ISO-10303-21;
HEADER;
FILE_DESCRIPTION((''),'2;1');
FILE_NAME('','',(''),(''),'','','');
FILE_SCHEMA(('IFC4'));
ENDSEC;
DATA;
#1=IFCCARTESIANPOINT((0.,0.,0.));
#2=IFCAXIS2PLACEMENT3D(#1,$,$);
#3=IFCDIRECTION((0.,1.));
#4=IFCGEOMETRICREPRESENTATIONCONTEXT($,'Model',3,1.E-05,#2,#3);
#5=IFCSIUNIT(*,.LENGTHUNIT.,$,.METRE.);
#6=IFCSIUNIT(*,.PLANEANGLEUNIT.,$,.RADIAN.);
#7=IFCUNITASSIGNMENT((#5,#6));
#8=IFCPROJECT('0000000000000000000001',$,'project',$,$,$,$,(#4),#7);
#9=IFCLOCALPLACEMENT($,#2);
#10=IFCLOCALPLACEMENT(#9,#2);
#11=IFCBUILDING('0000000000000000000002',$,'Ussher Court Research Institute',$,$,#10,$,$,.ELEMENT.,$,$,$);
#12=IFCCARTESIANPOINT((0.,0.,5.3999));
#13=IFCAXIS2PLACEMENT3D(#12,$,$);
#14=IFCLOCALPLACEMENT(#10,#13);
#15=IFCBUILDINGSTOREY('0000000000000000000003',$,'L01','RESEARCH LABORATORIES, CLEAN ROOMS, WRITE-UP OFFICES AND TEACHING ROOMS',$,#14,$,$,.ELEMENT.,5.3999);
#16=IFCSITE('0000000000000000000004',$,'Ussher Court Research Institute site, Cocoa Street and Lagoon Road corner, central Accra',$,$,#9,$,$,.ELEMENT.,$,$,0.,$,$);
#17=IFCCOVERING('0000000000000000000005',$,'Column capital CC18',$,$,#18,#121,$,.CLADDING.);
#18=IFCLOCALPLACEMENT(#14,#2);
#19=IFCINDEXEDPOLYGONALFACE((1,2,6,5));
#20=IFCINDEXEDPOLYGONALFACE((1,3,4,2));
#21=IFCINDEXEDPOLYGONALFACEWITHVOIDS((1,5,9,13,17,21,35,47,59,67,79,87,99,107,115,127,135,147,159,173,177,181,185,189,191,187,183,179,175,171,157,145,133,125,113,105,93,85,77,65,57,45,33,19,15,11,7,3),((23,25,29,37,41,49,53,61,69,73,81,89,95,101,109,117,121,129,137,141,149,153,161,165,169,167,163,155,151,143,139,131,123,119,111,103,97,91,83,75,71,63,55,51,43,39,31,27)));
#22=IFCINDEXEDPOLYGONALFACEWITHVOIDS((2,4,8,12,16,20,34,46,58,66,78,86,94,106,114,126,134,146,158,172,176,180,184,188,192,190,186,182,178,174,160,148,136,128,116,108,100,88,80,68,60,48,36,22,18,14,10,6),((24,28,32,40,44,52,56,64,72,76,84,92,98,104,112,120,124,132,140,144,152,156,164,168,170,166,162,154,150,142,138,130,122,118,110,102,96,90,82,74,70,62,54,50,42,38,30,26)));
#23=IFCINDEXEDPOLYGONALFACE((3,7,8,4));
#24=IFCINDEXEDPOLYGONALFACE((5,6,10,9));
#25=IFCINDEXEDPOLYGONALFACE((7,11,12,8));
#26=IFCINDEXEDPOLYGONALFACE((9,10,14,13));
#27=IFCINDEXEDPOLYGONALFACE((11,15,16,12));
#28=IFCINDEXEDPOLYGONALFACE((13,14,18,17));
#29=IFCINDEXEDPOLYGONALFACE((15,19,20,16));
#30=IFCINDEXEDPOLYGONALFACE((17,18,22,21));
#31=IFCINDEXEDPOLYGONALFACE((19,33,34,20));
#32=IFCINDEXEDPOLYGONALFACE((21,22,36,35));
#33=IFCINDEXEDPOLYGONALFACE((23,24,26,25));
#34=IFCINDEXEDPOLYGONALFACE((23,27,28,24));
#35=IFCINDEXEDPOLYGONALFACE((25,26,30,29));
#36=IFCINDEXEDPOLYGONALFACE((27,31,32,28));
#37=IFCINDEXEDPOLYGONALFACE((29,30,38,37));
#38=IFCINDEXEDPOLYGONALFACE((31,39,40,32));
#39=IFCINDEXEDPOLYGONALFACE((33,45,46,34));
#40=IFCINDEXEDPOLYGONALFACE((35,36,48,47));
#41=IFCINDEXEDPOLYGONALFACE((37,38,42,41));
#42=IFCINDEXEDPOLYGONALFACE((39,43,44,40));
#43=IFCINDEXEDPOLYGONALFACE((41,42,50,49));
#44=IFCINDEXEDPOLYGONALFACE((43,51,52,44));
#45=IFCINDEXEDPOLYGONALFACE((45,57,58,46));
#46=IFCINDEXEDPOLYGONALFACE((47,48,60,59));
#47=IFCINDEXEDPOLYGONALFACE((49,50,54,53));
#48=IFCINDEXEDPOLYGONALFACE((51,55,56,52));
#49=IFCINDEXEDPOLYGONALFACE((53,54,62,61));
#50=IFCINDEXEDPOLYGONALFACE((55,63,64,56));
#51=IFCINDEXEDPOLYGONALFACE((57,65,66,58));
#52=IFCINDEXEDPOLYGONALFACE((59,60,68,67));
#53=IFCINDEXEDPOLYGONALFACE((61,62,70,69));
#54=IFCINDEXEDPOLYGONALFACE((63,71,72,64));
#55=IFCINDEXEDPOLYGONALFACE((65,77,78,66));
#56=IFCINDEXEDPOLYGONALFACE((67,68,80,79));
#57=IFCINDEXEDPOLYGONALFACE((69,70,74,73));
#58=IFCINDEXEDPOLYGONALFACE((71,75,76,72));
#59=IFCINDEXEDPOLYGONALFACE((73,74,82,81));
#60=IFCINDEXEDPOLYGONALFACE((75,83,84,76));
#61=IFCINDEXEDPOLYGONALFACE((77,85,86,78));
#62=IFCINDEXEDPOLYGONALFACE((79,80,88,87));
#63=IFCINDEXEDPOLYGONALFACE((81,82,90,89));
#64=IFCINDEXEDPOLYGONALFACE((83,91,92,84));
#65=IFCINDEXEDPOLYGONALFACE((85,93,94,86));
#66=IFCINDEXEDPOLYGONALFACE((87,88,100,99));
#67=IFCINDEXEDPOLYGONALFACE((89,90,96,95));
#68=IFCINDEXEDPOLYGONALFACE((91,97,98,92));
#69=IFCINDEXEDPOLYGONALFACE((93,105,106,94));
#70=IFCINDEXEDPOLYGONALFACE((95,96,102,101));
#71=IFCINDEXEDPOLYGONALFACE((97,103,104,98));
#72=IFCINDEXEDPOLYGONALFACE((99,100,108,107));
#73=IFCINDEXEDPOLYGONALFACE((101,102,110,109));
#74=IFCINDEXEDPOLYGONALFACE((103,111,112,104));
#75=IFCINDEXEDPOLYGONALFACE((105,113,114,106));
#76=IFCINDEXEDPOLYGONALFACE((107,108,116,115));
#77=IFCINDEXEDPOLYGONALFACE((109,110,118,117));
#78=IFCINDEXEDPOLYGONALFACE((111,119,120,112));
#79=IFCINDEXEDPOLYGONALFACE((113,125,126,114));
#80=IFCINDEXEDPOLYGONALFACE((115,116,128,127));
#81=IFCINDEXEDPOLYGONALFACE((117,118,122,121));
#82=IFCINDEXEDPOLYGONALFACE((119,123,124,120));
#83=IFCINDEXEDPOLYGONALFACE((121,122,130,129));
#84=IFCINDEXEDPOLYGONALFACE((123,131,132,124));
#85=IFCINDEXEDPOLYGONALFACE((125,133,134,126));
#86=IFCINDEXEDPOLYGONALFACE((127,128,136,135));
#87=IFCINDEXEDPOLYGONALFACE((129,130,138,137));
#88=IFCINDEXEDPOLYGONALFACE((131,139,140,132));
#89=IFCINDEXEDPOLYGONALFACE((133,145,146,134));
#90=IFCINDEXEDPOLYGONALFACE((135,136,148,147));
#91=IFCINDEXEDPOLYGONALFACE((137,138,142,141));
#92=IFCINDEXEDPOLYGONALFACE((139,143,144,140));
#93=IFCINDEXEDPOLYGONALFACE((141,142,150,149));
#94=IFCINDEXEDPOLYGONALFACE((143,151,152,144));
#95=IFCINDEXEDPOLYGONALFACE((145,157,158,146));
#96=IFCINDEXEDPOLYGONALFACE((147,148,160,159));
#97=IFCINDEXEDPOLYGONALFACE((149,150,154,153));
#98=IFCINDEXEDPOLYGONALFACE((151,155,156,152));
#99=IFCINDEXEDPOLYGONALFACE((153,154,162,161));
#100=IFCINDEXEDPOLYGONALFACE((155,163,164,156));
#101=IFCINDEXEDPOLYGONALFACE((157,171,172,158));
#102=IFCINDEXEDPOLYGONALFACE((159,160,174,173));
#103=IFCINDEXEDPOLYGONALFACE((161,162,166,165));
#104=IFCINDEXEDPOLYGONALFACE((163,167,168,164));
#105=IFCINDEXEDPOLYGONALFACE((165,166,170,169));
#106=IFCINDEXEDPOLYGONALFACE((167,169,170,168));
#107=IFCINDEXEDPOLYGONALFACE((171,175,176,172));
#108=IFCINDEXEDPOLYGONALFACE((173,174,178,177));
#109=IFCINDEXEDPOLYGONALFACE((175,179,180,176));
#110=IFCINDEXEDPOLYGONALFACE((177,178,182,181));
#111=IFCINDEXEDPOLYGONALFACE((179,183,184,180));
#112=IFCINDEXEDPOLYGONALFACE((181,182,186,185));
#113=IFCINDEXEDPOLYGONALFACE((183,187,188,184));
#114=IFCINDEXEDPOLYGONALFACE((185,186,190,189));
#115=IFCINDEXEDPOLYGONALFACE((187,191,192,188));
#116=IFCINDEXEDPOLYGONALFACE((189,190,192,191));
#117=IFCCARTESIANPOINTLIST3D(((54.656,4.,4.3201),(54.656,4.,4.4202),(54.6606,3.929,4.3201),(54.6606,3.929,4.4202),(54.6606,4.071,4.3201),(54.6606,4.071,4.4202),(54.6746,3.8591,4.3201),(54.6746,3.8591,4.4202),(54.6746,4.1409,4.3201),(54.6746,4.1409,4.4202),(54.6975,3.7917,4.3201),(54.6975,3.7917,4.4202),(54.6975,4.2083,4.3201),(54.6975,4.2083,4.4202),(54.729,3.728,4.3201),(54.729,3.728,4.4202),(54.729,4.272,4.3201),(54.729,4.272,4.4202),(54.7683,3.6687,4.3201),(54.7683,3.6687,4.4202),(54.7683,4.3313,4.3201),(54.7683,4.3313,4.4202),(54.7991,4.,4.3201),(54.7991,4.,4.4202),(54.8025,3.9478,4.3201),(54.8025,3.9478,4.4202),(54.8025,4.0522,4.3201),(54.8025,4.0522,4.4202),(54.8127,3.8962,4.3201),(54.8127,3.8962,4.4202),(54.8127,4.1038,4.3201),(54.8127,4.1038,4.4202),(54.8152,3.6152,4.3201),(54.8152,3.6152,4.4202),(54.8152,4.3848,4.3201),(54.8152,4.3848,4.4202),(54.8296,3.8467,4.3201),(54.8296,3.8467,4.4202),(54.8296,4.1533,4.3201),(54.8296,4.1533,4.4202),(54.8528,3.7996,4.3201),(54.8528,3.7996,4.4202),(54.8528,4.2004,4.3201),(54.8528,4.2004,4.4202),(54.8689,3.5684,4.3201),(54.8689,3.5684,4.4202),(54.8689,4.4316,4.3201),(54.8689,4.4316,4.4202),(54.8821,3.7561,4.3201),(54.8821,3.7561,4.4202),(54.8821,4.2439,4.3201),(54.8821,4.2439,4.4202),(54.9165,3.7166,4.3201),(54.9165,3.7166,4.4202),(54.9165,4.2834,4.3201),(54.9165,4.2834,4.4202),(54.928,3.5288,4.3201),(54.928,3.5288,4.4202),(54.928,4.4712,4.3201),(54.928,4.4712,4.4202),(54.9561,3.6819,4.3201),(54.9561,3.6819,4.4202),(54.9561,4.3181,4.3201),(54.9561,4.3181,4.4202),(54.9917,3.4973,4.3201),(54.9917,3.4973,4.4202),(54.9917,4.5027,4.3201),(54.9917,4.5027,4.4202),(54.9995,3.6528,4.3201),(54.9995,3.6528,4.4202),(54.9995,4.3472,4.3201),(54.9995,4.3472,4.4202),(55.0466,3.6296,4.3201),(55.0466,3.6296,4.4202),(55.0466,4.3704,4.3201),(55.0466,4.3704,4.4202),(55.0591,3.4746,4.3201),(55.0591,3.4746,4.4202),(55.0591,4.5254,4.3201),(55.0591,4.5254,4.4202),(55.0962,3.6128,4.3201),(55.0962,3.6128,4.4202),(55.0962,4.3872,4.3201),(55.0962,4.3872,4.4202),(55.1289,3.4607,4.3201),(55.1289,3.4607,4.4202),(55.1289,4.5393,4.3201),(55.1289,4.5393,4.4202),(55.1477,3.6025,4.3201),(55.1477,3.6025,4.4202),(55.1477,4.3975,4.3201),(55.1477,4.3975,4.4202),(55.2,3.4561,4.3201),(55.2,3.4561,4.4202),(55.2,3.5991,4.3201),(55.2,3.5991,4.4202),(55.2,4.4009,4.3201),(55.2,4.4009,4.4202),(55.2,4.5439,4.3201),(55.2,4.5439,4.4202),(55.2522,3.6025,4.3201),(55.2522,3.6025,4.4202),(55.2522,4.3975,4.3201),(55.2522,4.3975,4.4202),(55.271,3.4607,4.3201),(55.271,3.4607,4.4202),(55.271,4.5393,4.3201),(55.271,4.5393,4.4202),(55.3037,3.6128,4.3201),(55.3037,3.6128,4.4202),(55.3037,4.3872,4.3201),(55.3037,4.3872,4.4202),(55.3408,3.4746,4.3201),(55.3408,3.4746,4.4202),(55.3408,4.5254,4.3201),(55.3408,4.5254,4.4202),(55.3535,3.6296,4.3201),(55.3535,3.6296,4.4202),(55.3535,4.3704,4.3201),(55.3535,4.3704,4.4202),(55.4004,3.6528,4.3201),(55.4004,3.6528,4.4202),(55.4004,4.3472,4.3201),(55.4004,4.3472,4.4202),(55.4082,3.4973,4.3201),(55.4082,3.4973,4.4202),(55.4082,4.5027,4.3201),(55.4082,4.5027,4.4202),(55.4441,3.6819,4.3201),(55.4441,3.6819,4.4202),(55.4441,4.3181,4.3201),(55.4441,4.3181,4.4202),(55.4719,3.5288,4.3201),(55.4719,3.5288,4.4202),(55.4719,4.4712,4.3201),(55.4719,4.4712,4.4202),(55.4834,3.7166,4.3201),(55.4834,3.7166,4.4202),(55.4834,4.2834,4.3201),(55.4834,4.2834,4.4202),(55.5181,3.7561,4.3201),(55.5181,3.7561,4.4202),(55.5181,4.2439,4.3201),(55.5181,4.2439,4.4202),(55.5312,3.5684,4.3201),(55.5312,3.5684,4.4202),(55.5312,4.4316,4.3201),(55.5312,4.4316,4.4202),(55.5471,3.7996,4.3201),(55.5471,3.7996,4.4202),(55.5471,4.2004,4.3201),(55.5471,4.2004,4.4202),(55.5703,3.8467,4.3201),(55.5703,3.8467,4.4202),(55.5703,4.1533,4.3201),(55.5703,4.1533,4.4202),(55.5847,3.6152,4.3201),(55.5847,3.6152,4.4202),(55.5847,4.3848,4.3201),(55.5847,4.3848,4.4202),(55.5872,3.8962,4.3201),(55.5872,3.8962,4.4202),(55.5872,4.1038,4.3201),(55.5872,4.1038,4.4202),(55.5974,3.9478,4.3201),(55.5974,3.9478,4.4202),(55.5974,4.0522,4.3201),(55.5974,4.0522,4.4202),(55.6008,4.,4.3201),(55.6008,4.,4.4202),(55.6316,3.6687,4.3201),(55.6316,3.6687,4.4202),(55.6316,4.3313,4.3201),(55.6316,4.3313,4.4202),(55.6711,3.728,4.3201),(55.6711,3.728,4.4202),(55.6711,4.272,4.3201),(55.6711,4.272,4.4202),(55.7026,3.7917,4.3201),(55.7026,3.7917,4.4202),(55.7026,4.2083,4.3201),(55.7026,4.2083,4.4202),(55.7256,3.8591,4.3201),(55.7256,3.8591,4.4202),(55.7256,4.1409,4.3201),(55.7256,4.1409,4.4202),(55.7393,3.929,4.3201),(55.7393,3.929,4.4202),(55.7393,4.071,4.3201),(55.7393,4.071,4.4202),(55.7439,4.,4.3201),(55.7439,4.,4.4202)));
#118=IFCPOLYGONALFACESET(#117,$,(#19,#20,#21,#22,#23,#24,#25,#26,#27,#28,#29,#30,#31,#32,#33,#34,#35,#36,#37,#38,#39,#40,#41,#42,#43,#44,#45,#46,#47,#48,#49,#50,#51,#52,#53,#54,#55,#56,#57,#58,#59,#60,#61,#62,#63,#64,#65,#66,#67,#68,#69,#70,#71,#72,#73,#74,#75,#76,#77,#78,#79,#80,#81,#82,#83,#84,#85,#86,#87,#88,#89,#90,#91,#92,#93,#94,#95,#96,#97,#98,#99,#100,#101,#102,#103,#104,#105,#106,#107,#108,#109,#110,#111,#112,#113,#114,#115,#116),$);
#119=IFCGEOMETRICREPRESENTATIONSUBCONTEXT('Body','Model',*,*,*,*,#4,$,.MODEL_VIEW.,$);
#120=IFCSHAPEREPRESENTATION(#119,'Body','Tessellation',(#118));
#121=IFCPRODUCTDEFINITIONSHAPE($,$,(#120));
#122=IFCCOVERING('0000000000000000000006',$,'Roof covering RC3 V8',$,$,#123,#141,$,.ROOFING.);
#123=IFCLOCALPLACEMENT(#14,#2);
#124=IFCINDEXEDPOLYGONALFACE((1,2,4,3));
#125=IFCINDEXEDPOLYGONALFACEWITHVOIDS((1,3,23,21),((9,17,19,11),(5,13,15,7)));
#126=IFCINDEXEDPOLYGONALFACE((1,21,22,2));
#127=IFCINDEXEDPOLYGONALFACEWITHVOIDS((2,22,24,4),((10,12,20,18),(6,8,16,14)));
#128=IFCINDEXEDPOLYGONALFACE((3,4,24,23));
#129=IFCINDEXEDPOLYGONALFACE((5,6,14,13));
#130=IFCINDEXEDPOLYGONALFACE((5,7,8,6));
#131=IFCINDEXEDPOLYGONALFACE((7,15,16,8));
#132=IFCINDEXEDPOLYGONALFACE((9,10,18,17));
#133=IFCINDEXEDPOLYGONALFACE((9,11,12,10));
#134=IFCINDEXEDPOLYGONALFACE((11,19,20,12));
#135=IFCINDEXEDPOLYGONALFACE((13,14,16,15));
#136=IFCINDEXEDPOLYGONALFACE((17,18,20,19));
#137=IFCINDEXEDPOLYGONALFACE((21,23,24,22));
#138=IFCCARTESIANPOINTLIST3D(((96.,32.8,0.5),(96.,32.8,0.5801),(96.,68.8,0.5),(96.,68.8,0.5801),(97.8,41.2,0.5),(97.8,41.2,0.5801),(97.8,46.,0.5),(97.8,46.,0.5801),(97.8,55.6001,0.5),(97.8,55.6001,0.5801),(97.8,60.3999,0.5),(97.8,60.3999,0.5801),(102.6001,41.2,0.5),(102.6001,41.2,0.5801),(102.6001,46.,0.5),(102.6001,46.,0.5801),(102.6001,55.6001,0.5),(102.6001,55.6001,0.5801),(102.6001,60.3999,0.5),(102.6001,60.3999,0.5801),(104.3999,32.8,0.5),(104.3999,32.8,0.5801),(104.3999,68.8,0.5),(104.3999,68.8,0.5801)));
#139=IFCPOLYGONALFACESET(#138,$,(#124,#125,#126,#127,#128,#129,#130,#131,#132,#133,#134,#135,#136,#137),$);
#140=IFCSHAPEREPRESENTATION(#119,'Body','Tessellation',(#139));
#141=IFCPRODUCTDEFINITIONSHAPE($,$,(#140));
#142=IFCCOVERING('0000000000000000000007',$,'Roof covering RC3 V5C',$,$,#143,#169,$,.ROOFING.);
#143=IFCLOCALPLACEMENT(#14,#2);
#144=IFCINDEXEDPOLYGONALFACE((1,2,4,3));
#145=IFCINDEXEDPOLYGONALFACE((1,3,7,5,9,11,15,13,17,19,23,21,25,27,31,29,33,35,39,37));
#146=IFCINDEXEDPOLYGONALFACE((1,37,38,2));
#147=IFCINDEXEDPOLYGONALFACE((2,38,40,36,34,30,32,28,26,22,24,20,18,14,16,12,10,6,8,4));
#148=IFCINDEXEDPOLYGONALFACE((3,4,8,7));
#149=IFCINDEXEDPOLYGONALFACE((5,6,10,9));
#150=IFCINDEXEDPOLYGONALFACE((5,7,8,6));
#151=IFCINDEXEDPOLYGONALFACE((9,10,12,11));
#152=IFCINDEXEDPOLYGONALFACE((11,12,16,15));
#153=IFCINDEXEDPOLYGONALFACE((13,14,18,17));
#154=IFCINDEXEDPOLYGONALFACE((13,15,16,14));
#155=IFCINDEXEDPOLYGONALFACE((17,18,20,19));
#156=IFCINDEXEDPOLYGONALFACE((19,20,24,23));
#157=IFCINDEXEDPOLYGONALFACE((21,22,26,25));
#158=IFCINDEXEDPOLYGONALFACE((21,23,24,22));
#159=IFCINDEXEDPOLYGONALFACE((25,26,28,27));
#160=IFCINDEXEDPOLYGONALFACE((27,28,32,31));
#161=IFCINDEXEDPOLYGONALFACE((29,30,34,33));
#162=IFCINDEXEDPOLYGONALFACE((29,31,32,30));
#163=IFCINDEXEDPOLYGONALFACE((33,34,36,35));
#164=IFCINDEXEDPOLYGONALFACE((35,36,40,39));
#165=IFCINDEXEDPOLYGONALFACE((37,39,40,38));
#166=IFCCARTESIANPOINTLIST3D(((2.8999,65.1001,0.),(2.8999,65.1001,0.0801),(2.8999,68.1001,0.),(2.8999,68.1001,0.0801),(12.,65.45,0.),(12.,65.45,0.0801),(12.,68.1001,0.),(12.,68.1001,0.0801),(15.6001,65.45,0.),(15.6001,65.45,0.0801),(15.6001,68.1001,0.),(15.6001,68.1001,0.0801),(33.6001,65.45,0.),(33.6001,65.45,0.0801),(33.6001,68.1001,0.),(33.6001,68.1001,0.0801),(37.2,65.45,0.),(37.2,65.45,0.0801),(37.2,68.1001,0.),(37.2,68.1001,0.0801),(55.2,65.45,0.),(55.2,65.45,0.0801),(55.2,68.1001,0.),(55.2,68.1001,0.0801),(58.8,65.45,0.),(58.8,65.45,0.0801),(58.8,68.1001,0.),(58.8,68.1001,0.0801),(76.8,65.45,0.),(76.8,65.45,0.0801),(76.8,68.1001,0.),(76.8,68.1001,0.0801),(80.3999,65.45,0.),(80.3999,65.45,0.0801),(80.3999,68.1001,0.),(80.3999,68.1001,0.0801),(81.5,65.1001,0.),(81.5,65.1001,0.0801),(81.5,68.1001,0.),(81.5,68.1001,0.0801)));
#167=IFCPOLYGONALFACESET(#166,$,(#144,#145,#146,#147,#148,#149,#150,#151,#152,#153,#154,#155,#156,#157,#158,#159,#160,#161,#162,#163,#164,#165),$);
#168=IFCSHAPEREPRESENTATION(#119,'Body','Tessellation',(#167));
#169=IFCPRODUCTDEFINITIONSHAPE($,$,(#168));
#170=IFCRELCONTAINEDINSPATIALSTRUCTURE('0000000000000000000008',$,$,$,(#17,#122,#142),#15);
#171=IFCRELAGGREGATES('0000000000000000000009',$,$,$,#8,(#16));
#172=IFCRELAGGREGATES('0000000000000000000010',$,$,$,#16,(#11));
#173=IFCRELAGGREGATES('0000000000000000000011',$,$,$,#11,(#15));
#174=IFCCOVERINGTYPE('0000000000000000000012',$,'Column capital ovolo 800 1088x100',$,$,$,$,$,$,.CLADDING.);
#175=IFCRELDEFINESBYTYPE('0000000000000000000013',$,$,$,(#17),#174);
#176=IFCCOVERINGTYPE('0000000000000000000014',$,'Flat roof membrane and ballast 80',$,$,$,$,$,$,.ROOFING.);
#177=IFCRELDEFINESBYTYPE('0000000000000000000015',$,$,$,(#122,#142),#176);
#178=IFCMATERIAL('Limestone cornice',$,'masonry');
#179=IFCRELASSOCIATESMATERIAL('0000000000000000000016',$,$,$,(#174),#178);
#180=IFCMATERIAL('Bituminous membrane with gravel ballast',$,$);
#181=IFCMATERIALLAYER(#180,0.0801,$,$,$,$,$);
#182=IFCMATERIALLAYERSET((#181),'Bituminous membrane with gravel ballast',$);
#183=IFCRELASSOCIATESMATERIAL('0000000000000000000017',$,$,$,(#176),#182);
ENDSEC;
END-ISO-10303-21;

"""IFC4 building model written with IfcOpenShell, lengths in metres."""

from ifc_helpers import new_model, si_unit, direction, frame, origin, place, context, subcontext, project, spatial, polyline, outline, extrude, material, layer, layer_set, type_object, element, save


model = new_model("IFC4")

# Units and contexts
model_context = context("Model", 3, precision=1e-05, world=origin(), true_north=direction((0.0, 1.0)))
body_context = subcontext(model_context, "Body", "Model", "MODEL_VIEW")
ifc_project = project(units=[si_unit("LENGTHUNIT", "METRE"), si_unit("PLANEANGLEUNIT", "RADIAN")], contexts=[model_context])

# Site, building, storey
site_placement = place(None, origin())
site = spatial("IfcSite", under=ifc_project, at=site_placement, Name="Ussher Court Research Institute site, Cocoa Street and Lagoon Road corner, central Accra", CompositionType="ELEMENT", RefElevation=0.0)
building_placement = place(site_placement, origin())
building = spatial("IfcBuilding", under=site, at=building_placement, Name="Ussher Court Research Institute", CompositionType="ELEMENT")
storey_placement = place(building_placement, frame((0.0, 0.0, 5.3999)))
storey = spatial("IfcBuildingStorey", under=building, at=storey_placement, Name="L01", Description="RESEARCH LABORATORIES, CLEAN ROOMS, WRITE-UP OFFICES AND TEACHING ROOMS", CompositionType="ELEMENT", Elevation=5.3999)

# Coverings
ifc_material_1 = material(Name="Limestone cornice", Category="masonry")
covering_type_1 = type_object("IfcCoveringType", Name="Column capital ovolo 800 1088x100", PredefinedType="CLADDING", material=ifc_material_1)
covering_1_placement = place(storey_placement, frame((0.0, 0.0, 4.3201)))
element("IfcCovering", 1, at=covering_1_placement, inside=storey, type_object=covering_type_1, Name="Column capital CC18", PredefinedType="CLADDING", context=body_context, shape_type="SweptSolid", body=[
    extrude(outline(polyline([(55.7439, 4.0), (55.7393, 4.071), (55.7256, 4.1409), (55.7026, 4.2083), (55.6711, 4.272), (55.6316, 4.3313), (55.5847, 4.3848), (55.5312, 4.4316), (55.4719, 4.4712), (55.4082, 4.5027), (55.3408, 4.5254), (55.271, 4.5393), (55.2, 4.5439), (55.1289, 4.5393), (55.0591, 4.5254), (54.9917, 4.5027), (54.928, 4.4712), (54.8689, 4.4316), (54.8152, 4.3848), (54.7683, 4.3313), (54.729, 4.272), (54.6975, 4.2083), (54.6746, 4.1409), (54.6606, 4.071), (54.656, 4.0), (54.6606, 3.929), (54.6746, 3.8591), (54.6975, 3.7917), (54.729, 3.728), (54.7683, 3.6687), (54.8152, 3.6152), (54.8689, 3.5684), (54.928, 3.5288), (54.9917, 3.4973), (55.0591, 3.4746), (55.1289, 3.4607), (55.2, 3.4561), (55.271, 3.4607), (55.3408, 3.4746), (55.4082, 3.4973), (55.4719, 3.5288), (55.5312, 3.5684), (55.5847, 3.6152), (55.6316, 3.6687), (55.6711, 3.728), (55.7026, 3.7917), (55.7256, 3.8591), (55.7393, 3.929), (55.7439, 4.0)]), holes=[polyline([(55.6008, 4.0), (55.5974, 4.0522), (55.5872, 4.1038), (55.5703, 4.1533), (55.5471, 4.2004), (55.5181, 4.2439), (55.4834, 4.2834), (55.4441, 4.3181), (55.4004, 4.3472), (55.3535, 4.3704), (55.3037, 4.3872), (55.2522, 4.3975), (55.2, 4.4009), (55.1477, 4.3975), (55.0962, 4.3872), (55.0466, 4.3704), (54.9995, 4.3472), (54.9561, 4.3181), (54.9165, 4.2834), (54.8821, 4.2439), (54.8528, 4.2004), (54.8296, 4.1533), (54.8127, 4.1038), (54.8025, 4.0522), (54.7991, 4.0), (54.8025, 3.9478), (54.8127, 3.8962), (54.8296, 3.8467), (54.8528, 3.7996), (54.8821, 3.7561), (54.9165, 3.7166), (54.9561, 3.6819), (54.9995, 3.6528), (55.0466, 3.6296), (55.0962, 3.6128), (55.1477, 3.6025), (55.2, 3.5991), (55.2522, 3.6025), (55.3037, 3.6128), (55.3535, 3.6296), (55.4004, 3.6528), (55.4441, 3.6819), (55.4834, 3.7166), (55.5181, 3.7561), (55.5471, 3.7996), (55.5703, 3.8467), (55.5872, 3.8962), (55.5974, 3.9478), (55.6008, 4.0)])]), origin(), (0.0, 0.0, 1.0), 0.1001),
])
ifc_material_2 = material(Name="Bituminous membrane with gravel ballast")
ifc_layer_1 = layer(ifc_material_2, 0.0801)
ifc_layer_set_1 = layer_set([ifc_layer_1], Name="Bituminous membrane with gravel ballast")
covering_type_2 = type_object("IfcCoveringType", Name="Flat roof membrane and ballast 80", PredefinedType="ROOFING", material=ifc_layer_set_1)
covering_2_placement = place(storey_placement, frame((0.0, 0.0, 0.5)))
element("IfcCovering", 2, at=covering_2_placement, inside=storey, type_object=covering_type_2, Name="Roof covering RC3 V8", PredefinedType="ROOFING", context=body_context, shape_type="SweptSolid", body=[
    extrude(outline(polyline([(96.0, 68.8), (96.0, 32.8), (104.3999, 32.8), (104.3999, 68.8), (96.0, 68.8)]), holes=[polyline([(97.8, 46.0), (102.6001, 46.0), (102.6001, 41.2), (97.8, 41.2), (97.8, 46.0)]), polyline([(102.6001, 60.3999), (102.6001, 55.6001), (97.8, 55.6001), (97.8, 60.3999), (102.6001, 60.3999)])]), origin(), (0.0, 0.0, 1.0), 0.0801),
])
covering_3_placement = place(storey_placement, origin())
element("IfcCovering", 3, at=covering_3_placement, inside=storey, type_object=covering_type_2, Name="Roof covering RC3 V5C", PredefinedType="ROOFING", context=body_context, shape_type="SweptSolid", body=[
    extrude(outline(polyline([(12.0, 68.1001), (12.0, 65.45), (15.6001, 65.45), (15.6001, 68.1001), (33.6001, 68.1001), (33.6001, 65.45), (37.2, 65.45), (37.2, 68.1001), (55.2, 68.1001), (55.2, 65.45), (58.8, 65.45), (58.8, 68.1001), (76.8, 68.1001), (76.8, 65.45), (80.3999, 65.45), (80.3999, 68.1001), (81.5, 68.1001), (81.5, 65.1001), (2.8999, 65.1001), (2.8999, 68.1001), (12.0, 68.1001)])), origin(), (0.0, 0.0, 1.0), 0.0801),
])

save(model, "model.ifc")
